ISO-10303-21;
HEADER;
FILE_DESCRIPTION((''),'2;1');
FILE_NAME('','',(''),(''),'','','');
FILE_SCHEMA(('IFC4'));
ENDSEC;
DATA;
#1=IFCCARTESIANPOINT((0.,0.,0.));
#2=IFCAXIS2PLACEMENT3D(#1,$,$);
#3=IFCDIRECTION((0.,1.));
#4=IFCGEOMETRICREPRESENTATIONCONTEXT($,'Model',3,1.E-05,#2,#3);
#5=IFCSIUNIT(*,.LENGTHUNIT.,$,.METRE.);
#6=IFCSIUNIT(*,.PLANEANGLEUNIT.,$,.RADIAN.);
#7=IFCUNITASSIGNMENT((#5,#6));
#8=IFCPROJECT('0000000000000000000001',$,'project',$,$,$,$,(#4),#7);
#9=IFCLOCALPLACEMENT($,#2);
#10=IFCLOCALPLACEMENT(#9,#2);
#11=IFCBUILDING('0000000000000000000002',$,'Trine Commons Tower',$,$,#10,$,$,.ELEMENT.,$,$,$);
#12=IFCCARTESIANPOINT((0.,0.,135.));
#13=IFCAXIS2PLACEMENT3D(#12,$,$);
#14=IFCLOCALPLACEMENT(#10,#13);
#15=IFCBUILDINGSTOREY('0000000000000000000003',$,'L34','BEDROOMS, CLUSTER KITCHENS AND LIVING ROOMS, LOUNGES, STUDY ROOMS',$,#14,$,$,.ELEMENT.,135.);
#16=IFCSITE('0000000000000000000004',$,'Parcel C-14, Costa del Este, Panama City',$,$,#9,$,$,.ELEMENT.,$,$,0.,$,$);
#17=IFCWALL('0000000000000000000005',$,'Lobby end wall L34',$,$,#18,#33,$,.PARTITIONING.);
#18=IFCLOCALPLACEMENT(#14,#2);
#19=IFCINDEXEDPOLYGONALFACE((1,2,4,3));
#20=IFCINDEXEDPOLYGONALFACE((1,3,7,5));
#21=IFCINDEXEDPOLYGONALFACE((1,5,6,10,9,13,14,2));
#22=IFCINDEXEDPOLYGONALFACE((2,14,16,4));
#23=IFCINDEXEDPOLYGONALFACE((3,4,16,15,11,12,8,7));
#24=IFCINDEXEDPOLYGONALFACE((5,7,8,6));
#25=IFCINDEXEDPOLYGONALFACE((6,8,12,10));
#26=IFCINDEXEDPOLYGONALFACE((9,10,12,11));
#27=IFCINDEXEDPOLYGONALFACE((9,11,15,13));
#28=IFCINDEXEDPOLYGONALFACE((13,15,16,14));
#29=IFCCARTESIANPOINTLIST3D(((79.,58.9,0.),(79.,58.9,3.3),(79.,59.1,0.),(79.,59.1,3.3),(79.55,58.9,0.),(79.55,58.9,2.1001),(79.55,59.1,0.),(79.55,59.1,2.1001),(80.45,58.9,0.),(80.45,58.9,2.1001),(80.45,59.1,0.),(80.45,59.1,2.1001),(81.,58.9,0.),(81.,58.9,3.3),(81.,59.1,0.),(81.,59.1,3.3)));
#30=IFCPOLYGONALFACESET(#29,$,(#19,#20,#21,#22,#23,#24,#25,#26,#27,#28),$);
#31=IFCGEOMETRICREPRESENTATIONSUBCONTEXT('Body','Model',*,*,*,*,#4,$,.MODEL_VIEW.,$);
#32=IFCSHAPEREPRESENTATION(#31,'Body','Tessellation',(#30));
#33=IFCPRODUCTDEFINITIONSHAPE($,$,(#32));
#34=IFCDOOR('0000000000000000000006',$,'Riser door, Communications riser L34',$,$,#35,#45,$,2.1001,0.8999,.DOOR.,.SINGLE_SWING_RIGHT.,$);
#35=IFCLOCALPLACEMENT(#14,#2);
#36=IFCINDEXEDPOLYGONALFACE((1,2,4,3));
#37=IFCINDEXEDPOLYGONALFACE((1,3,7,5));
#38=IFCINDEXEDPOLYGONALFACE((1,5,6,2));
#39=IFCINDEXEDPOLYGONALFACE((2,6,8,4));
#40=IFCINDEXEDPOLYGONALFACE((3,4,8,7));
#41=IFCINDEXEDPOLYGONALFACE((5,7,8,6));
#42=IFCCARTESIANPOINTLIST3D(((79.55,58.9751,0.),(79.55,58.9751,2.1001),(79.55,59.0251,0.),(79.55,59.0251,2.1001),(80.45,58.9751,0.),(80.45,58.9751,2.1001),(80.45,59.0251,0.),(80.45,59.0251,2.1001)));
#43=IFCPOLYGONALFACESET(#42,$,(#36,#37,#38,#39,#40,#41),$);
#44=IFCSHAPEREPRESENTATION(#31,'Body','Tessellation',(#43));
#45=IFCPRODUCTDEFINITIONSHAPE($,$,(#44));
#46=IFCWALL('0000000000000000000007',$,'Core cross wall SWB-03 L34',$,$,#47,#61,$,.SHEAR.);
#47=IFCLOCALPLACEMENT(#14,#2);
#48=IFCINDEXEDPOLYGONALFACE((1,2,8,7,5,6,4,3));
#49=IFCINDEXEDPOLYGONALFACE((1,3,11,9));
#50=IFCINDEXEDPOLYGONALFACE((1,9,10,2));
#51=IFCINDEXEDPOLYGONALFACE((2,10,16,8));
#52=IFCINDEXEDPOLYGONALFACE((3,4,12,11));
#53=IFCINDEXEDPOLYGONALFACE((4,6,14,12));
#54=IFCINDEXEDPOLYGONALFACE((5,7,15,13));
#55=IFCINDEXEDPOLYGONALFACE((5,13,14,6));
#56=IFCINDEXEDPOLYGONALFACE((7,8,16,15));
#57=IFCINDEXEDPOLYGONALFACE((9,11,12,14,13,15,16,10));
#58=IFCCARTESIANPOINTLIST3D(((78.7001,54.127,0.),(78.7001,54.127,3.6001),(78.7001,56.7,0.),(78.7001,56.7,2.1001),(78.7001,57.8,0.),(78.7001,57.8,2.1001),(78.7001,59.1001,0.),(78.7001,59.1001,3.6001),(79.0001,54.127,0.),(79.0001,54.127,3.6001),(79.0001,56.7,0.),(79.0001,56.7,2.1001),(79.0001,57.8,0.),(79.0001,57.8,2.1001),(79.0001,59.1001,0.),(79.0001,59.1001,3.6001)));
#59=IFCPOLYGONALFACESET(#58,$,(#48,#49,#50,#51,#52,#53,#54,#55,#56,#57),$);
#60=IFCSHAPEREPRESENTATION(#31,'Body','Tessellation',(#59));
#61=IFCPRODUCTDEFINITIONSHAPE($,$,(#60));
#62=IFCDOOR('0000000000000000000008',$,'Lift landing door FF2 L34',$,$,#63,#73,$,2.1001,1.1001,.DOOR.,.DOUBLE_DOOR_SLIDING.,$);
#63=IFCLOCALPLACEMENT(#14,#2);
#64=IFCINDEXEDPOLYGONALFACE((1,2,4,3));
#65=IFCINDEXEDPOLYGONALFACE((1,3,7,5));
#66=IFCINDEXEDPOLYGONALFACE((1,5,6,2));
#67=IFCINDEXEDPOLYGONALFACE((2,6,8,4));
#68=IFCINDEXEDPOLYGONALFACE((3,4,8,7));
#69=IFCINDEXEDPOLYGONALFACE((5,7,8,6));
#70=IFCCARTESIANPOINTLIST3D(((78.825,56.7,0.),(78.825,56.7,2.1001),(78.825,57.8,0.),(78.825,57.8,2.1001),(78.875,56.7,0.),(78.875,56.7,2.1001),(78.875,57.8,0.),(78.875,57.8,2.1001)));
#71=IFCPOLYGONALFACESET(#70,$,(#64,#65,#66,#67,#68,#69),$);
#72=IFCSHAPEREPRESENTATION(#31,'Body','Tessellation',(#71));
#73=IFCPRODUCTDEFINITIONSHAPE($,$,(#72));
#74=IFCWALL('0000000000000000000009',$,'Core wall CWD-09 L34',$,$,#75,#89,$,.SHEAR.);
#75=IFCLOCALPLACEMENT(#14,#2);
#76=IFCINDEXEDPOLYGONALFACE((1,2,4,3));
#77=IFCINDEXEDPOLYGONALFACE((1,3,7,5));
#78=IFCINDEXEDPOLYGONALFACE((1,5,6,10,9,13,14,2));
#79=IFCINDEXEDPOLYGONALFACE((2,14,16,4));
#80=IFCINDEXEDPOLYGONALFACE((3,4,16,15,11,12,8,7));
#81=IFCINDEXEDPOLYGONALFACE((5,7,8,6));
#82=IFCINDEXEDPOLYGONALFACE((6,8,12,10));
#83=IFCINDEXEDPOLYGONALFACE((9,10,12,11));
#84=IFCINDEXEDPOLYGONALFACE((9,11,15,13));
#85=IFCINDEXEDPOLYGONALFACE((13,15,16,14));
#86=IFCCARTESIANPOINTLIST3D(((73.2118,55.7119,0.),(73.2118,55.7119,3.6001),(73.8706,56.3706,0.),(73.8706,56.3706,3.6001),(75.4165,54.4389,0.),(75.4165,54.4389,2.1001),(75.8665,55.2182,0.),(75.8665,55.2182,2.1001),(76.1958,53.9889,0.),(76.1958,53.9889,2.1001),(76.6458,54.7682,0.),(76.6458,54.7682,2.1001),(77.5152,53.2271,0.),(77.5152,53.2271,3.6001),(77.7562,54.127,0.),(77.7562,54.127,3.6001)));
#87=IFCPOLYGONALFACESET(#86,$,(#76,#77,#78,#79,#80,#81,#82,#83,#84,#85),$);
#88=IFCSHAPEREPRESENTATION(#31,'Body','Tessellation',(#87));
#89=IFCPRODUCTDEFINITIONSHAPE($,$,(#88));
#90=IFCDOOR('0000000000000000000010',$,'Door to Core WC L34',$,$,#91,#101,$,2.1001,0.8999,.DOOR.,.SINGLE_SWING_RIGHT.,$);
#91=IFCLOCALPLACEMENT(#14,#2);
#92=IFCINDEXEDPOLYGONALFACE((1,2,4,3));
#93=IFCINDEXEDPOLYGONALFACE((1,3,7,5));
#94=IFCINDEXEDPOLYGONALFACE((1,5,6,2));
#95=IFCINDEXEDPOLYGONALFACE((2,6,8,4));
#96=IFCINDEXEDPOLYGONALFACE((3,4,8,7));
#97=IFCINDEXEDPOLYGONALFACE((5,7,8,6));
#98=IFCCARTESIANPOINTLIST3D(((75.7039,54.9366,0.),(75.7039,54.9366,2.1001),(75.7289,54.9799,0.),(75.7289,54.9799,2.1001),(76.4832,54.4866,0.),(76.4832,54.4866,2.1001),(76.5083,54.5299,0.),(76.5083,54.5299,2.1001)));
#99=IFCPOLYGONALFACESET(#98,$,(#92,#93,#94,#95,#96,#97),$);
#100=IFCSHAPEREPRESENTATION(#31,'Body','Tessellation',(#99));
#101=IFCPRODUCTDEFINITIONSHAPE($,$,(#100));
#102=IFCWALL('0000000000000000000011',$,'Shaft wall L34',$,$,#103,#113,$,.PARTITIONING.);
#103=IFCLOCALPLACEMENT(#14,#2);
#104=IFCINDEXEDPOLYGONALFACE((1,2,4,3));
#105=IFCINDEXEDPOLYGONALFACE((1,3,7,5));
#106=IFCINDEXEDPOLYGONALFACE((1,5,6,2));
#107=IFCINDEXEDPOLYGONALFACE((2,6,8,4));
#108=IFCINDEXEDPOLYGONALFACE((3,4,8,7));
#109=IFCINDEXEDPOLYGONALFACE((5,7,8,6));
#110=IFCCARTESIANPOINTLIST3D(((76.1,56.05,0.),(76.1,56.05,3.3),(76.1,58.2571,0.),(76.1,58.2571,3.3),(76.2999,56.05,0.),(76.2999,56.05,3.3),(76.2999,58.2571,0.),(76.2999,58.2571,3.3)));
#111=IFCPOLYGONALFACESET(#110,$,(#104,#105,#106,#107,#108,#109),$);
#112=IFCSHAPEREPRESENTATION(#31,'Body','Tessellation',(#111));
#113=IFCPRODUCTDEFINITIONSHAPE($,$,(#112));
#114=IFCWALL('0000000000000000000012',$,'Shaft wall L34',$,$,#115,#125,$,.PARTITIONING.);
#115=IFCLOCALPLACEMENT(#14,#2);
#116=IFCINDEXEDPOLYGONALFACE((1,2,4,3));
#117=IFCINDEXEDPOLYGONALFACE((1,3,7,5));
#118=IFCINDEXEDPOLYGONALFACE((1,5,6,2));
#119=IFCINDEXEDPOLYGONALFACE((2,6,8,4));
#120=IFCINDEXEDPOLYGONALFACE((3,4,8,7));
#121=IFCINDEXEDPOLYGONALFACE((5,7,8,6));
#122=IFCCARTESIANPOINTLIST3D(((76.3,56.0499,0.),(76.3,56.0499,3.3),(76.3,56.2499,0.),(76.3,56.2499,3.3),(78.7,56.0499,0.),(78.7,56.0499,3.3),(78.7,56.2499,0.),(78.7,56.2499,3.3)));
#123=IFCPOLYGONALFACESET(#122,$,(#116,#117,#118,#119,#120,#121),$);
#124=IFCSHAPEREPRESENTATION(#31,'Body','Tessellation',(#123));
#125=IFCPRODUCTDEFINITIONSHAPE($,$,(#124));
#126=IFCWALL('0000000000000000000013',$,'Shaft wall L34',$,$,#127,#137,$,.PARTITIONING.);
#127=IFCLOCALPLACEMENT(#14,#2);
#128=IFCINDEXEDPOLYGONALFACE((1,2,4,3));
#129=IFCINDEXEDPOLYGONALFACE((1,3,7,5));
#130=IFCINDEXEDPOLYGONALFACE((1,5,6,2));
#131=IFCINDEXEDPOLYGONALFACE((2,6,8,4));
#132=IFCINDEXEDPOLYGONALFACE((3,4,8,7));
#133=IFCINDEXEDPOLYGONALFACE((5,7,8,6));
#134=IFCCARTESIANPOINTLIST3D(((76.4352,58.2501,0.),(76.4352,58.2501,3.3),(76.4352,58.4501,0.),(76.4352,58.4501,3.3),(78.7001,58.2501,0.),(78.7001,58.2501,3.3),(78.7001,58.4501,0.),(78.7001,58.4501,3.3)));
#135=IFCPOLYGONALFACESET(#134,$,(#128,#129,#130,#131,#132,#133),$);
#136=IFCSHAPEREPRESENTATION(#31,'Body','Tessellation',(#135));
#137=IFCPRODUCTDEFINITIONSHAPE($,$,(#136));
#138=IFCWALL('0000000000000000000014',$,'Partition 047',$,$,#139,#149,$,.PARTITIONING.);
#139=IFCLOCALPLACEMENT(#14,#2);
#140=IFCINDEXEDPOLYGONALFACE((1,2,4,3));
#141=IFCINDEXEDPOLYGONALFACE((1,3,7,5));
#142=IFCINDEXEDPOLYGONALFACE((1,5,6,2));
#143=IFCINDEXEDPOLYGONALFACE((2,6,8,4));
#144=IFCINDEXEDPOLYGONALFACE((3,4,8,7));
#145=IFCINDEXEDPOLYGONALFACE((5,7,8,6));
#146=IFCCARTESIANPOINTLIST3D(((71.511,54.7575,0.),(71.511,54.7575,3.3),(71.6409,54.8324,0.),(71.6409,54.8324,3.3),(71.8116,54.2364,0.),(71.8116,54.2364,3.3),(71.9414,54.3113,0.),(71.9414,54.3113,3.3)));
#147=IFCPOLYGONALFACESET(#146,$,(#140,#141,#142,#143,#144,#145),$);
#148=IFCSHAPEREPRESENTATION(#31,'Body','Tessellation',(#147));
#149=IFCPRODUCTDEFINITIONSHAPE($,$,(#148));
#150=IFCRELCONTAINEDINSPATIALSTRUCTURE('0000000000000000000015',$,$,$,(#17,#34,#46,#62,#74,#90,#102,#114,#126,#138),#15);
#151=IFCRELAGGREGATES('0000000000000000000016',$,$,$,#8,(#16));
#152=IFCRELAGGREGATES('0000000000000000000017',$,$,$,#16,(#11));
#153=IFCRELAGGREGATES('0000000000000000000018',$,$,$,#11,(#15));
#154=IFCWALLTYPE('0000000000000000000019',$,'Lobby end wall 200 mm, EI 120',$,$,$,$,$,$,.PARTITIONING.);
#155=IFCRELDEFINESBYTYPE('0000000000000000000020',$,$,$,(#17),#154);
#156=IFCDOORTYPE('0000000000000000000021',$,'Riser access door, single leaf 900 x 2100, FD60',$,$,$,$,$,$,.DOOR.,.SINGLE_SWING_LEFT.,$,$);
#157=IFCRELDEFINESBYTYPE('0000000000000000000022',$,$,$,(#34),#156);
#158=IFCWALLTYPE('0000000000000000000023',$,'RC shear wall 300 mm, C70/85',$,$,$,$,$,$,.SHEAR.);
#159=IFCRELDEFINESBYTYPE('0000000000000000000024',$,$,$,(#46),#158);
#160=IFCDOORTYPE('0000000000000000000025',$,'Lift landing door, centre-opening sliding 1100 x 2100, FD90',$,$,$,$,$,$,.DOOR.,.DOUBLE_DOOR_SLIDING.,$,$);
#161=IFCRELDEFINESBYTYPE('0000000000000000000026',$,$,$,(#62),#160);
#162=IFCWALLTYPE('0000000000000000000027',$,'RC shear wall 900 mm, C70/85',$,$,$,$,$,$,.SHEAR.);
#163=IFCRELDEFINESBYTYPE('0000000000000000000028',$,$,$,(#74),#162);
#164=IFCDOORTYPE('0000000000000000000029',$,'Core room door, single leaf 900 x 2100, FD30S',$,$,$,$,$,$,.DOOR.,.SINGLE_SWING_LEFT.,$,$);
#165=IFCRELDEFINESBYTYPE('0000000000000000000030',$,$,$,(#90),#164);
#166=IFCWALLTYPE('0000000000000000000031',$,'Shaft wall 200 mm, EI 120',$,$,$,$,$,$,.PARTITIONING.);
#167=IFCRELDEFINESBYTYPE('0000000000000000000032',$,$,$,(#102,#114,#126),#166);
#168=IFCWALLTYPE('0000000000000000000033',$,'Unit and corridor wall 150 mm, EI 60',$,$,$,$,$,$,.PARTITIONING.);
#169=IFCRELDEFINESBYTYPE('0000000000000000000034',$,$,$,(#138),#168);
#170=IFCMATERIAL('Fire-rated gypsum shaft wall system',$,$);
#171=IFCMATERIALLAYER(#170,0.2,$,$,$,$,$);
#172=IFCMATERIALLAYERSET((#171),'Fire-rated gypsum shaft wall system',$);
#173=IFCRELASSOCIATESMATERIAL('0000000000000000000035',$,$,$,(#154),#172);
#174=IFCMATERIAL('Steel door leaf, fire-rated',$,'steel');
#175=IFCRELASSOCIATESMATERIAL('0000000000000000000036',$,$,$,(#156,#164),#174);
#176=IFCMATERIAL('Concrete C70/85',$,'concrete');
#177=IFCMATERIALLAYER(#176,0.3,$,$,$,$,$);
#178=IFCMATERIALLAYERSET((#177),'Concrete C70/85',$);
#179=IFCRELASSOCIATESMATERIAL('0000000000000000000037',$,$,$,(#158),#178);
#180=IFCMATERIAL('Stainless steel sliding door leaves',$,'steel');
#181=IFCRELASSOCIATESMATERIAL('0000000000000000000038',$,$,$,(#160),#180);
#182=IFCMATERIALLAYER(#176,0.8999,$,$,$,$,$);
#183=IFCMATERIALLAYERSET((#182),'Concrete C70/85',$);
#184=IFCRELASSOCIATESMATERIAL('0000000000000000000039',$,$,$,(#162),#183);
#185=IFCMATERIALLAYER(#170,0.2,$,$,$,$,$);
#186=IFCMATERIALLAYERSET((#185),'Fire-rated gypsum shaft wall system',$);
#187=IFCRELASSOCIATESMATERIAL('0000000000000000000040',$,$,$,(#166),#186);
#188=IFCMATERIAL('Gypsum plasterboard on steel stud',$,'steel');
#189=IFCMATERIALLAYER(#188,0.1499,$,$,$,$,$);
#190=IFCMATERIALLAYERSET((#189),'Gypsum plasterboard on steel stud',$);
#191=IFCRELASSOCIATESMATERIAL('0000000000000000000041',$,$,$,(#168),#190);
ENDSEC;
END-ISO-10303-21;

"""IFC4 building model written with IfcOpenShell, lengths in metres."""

from ifc_helpers import new_model, si_unit, direction, frame, frame_2d, origin, place, context, subcontext, project, spatial, polyline, rectangle, outline, extrude, material, layer, layer_set, type_object, element, fill, save


model = new_model("IFC4")

# Units and contexts
model_context = context("Model", 3, precision=1e-05, world=origin(), true_north=direction((0.0, 1.0)))
body_context = subcontext(model_context, "Body", "Model", "MODEL_VIEW")
ifc_project = project(units=[si_unit("LENGTHUNIT", "METRE"), si_unit("PLANEANGLEUNIT", "RADIAN")], contexts=[model_context])

# Site, building, storey
site_placement = place(None, origin())
site = spatial("IfcSite", under=ifc_project, at=site_placement, Name="Parcel C-14, Costa del Este, Panama City", CompositionType="ELEMENT", RefElevation=0.0)
building_placement = place(site_placement, origin())
building = spatial("IfcBuilding", under=site, at=building_placement, Name="Trine Commons Tower", CompositionType="ELEMENT")
storey_placement = place(building_placement, frame((0.0, 0.0, 135.0)))
storey = spatial("IfcBuildingStorey", under=building, at=storey_placement, Name="L34", Description="BEDROOMS, CLUSTER KITCHENS AND LIVING ROOMS, LOUNGES, STUDY ROOMS", CompositionType="ELEMENT", Elevation=135.0)

# Walls, openings, doors
ifc_material_1 = material(Name="Fire-rated gypsum shaft wall system")
ifc_layer_1 = layer(ifc_material_1, 0.2)
ifc_layer_set_1 = layer_set([ifc_layer_1], Name="Fire-rated gypsum shaft wall system")
wall_type_1 = type_object("IfcWallType", Name="Lobby end wall 200 mm, EI 120", PredefinedType="PARTITIONING", material=ifc_layer_set_1)
wall_1_placement = place(storey_placement, frame((79.0, 59.0, 0.0), z_axis=(0.0, 0.0, 1.0), x_axis=(1.0, 0.0, 0.0)))
wall_1 = element("IfcWall", 1, at=wall_1_placement, inside=storey, type_object=wall_type_1, Name="Lobby end wall L34", PredefinedType="PARTITIONING", context=body_context, shape_type="SweptSolid", body=[
    extrude(rectangle(XDim=2.0, YDim=0.2, at=frame_2d((1.0, 0.0))), origin(), (0.0, 0.0, 1.0), 3.3),
])
opening_1_placement = place(wall_1_placement, frame((0.55, 0.0, 0.0)))
opening_1 = element("IfcOpeningElement", 2, at=opening_1_placement, cuts=wall_1, PredefinedType="OPENING", context=body_context, shape_type="SweptSolid", body=[
    extrude(rectangle(XDim=0.8999, YDim=2.1001, at=frame_2d((0.45, 1.05))), frame((0.0, 0.1099, 0.0), z_axis=(0.0, -1.0, 0.0), x_axis=(1.0, 0.0, 0.0)), (0.0, 0.0, 1.0), 0.22),
])
ifc_material_2 = material(Name="Steel door leaf, fire-rated", Category="steel")
door_type_1 = type_object("IfcDoorType", Name="Riser access door, single leaf 900 x 2100, FD60", OperationType="SINGLE_SWING_LEFT", PredefinedType="DOOR", material=ifc_material_2)
door_1_placement = place(opening_1_placement, frame((0.8999, 0.0, 0.0), z_axis=(0.0, 0.0, 1.0), x_axis=(-1.0, 0.0, 0.0)))
door_1 = element("IfcDoor", 3, at=door_1_placement, inside=storey, type_object=door_type_1, Name="Riser door, Communications riser L34", OperationType="SINGLE_SWING_RIGHT", OverallHeight=2.1001, OverallWidth=0.8999, PredefinedType="DOOR", context=body_context, shape_type="SweptSolid", body=[
    extrude(rectangle(XDim=0.8999, YDim=2.1001, at=frame_2d((0.45, 1.05))), frame((0.0, 0.0249, 0.0), z_axis=(0.0, -1.0, 0.0), x_axis=(1.0, 0.0, 0.0)), (0.0, 0.0, 1.0), 0.05),
])
fill(opening_1, door_1)
ifc_material_3 = material(Name="Concrete C70/85", Category="concrete")
ifc_layer_2 = layer(ifc_material_3, 0.3)
ifc_layer_set_2 = layer_set([ifc_layer_2], Name="Concrete C70/85")
wall_type_2 = type_object("IfcWallType", Name="RC shear wall 300 mm, C70/85", PredefinedType="SHEAR", material=ifc_layer_set_2)
wall_2_placement = place(storey_placement, frame((78.8501, 59.1001, 0.0), z_axis=(0.0, 0.0, 1.0), x_axis=(0.0, -1.0, 0.0)))
wall_2 = element("IfcWall", 4, at=wall_2_placement, inside=storey, type_object=wall_type_2, Name="Core cross wall SWB-03 L34", PredefinedType="SHEAR", context=body_context, shape_type="SweptSolid", body=[
    extrude(rectangle(XDim=4.9731, YDim=0.3, at=frame_2d((2.4866, 0.0))), origin(), (0.0, 0.0, 1.0), 3.6001),
])
opening_2_placement = place(wall_2_placement, frame((1.3, 0.0, 0.0)))
opening_2 = element("IfcOpeningElement", 5, at=opening_2_placement, cuts=wall_2, PredefinedType="OPENING", context=body_context, shape_type="SweptSolid", body=[
    extrude(rectangle(XDim=1.1001, YDim=2.1001, at=frame_2d((0.55, 1.05))), frame((0.0, 0.1599, 0.0), z_axis=(0.0, -1.0, 0.0), x_axis=(1.0, 0.0, 0.0)), (0.0, 0.0, 1.0), 0.3201),
])
ifc_material_4 = material(Name="Stainless steel sliding door leaves", Category="steel")
door_type_2 = type_object("IfcDoorType", Name="Lift landing door, centre-opening sliding 1100 x 2100, FD90", OperationType="DOUBLE_DOOR_SLIDING", PredefinedType="DOOR", material=ifc_material_4)
door_2_placement = place(opening_2_placement, origin())
door_2 = element("IfcDoor", 6, at=door_2_placement, inside=storey, type_object=door_type_2, Name="Lift landing door FF2 L34", OperationType="DOUBLE_DOOR_SLIDING", OverallHeight=2.1001, OverallWidth=1.1001, PredefinedType="DOOR", context=body_context, shape_type="SweptSolid", body=[
    extrude(rectangle(XDim=1.1001, YDim=2.1001, at=frame_2d((0.55, 1.05))), frame((0.0, 0.0249, 0.0), z_axis=(0.0, -1.0, 0.0), x_axis=(1.0, 0.0, 0.0)), (0.0, 0.0, 1.0), 0.05),
])
fill(opening_2, door_2)
ifc_layer_3 = layer(ifc_material_3, 0.8999)
ifc_layer_set_3 = layer_set([ifc_layer_3], Name="Concrete C70/85")
wall_type_3 = type_object("IfcWallType", Name="RC shear wall 900 mm, C70/85", PredefinedType="SHEAR", material=ifc_layer_set_3)
wall_3_placement = place(storey_placement, frame((73.4368, 56.1016, 0.0), z_axis=(0.0, 0.0, 1.0), x_axis=(0.866003, -0.500039, 0.0)))
wall_3 = element("IfcWall", 7, at=wall_3_placement, inside=storey, type_object=wall_type_3, Name="Core wall CWD-09 L34", PredefinedType="SHEAR", context=body_context, shape_type="SweptSolid", body=[
    extrude(outline(polyline([(0.0, -0.45), (4.9692, -0.45), (4.728, 0.45), (0.2412, 0.45), (0.0, -0.45)])), origin(), (0.0, 0.0, 1.0), 3.6001),
])
opening_3_placement = place(wall_3_placement, frame((2.5459, 0.0, 0.0)))
opening_3 = element("IfcOpeningElement", 8, at=opening_3_placement, cuts=wall_3, PredefinedType="OPENING", context=body_context, shape_type="SweptSolid", body=[
    extrude(rectangle(XDim=0.8999, YDim=2.1001, at=frame_2d((0.45, 1.05))), frame((0.0, 0.46, 0.0), z_axis=(0.0, -1.0, 0.0), x_axis=(1.0, 0.0, 0.0)), (0.0, 0.0, 1.0), 0.9199),
])
door_type_3 = type_object("IfcDoorType", Name="Core room door, single leaf 900 x 2100, FD30S", OperationType="SINGLE_SWING_LEFT", PredefinedType="DOOR", material=ifc_material_2)
door_3_placement = place(opening_3_placement, origin())
door_3 = element("IfcDoor", 9, at=door_3_placement, inside=storey, type_object=door_type_3, Name="Door to Core WC L34", OperationType="SINGLE_SWING_RIGHT", OverallHeight=2.1001, OverallWidth=0.8999, PredefinedType="DOOR", context=body_context, shape_type="SweptSolid", body=[
    extrude(rectangle(XDim=0.8999, YDim=2.1001, at=frame_2d((0.45, 1.05))), frame((0.0, 0.1748, 0.0), z_axis=(0.0, -1.0, 0.0), x_axis=(1.0, 0.0, 0.0)), (0.0, 0.0, 1.0), 0.05),
])
fill(opening_3, door_3)

# Walls
ifc_layer_4 = layer(ifc_material_1, 0.2)
ifc_layer_set_4 = layer_set([ifc_layer_4], Name="Fire-rated gypsum shaft wall system")
wall_type_4 = type_object("IfcWallType", Name="Shaft wall 200 mm, EI 120", PredefinedType="PARTITIONING", material=ifc_layer_set_4)
wall_4_placement = place(storey_placement, frame((76.2, 58.2571, 0.0), z_axis=(0.0, 0.0, 1.0), x_axis=(0.0, -1.0, 0.0)))
element("IfcWall", 10, at=wall_4_placement, inside=storey, type_object=wall_type_4, Name="Shaft wall L34", PredefinedType="PARTITIONING", context=body_context, shape_type="SweptSolid", body=[
    extrude(rectangle(XDim=2.207, YDim=0.2, at=frame_2d((1.1035, 0.0))), origin(), (0.0, 0.0, 1.0), 3.3),
])
wall_5_placement = place(storey_placement, frame((78.7, 56.1499, 0.0), z_axis=(0.0, 0.0, 1.0), x_axis=(-1.0, 0.0, 0.0)))
element("IfcWall", 11, at=wall_5_placement, inside=storey, type_object=wall_type_4, Name="Shaft wall L34", PredefinedType="PARTITIONING", context=body_context, shape_type="SweptSolid", body=[
    extrude(rectangle(XDim=2.3999, YDim=0.2, at=frame_2d((1.2, 0.0))), origin(), (0.0, 0.0, 1.0), 3.3),
])
wall_6_placement = place(storey_placement, frame((78.7, 58.3501, 0.0), z_axis=(0.0, 0.0, 1.0), x_axis=(-1.0, 0.0, 0.0)))
element("IfcWall", 12, at=wall_6_placement, inside=storey, type_object=wall_type_4, Name="Shaft wall L34", PredefinedType="PARTITIONING", context=body_context, shape_type="SweptSolid", body=[
    extrude(rectangle(XDim=2.2649, YDim=0.2, at=frame_2d((1.1323, 0.0))), origin(), (0.0, 0.0, 1.0), 3.3),
])
ifc_material_5 = material(Name="Gypsum plasterboard on steel stud", Category="steel")
ifc_layer_5 = layer(ifc_material_5, 0.1499)
ifc_layer_set_5 = layer_set([ifc_layer_5], Name="Gypsum plasterboard on steel stud")
wall_type_5 = type_object("IfcWallType", Name="Unit and corridor wall 150 mm, EI 60", PredefinedType="PARTITIONING", material=ifc_layer_set_5)
wall_7_placement = place(storey_placement, frame((71.5759, 54.7949, 0.0), z_axis=(0.0, 0.0, 1.0), x_axis=(0.499676, -0.866213, 0.0)))
element("IfcWall", 13, at=wall_7_placement, inside=storey, type_object=wall_type_5, Name="Partition 047", PredefinedType="PARTITIONING", context=body_context, shape_type="SweptSolid", body=[
    extrude(rectangle(XDim=0.6016, YDim=0.1499, at=frame_2d((0.3008, 0.0))), origin(), (0.0, 0.0, 1.0), 3.3),
])

save(model, "model.ifc")
